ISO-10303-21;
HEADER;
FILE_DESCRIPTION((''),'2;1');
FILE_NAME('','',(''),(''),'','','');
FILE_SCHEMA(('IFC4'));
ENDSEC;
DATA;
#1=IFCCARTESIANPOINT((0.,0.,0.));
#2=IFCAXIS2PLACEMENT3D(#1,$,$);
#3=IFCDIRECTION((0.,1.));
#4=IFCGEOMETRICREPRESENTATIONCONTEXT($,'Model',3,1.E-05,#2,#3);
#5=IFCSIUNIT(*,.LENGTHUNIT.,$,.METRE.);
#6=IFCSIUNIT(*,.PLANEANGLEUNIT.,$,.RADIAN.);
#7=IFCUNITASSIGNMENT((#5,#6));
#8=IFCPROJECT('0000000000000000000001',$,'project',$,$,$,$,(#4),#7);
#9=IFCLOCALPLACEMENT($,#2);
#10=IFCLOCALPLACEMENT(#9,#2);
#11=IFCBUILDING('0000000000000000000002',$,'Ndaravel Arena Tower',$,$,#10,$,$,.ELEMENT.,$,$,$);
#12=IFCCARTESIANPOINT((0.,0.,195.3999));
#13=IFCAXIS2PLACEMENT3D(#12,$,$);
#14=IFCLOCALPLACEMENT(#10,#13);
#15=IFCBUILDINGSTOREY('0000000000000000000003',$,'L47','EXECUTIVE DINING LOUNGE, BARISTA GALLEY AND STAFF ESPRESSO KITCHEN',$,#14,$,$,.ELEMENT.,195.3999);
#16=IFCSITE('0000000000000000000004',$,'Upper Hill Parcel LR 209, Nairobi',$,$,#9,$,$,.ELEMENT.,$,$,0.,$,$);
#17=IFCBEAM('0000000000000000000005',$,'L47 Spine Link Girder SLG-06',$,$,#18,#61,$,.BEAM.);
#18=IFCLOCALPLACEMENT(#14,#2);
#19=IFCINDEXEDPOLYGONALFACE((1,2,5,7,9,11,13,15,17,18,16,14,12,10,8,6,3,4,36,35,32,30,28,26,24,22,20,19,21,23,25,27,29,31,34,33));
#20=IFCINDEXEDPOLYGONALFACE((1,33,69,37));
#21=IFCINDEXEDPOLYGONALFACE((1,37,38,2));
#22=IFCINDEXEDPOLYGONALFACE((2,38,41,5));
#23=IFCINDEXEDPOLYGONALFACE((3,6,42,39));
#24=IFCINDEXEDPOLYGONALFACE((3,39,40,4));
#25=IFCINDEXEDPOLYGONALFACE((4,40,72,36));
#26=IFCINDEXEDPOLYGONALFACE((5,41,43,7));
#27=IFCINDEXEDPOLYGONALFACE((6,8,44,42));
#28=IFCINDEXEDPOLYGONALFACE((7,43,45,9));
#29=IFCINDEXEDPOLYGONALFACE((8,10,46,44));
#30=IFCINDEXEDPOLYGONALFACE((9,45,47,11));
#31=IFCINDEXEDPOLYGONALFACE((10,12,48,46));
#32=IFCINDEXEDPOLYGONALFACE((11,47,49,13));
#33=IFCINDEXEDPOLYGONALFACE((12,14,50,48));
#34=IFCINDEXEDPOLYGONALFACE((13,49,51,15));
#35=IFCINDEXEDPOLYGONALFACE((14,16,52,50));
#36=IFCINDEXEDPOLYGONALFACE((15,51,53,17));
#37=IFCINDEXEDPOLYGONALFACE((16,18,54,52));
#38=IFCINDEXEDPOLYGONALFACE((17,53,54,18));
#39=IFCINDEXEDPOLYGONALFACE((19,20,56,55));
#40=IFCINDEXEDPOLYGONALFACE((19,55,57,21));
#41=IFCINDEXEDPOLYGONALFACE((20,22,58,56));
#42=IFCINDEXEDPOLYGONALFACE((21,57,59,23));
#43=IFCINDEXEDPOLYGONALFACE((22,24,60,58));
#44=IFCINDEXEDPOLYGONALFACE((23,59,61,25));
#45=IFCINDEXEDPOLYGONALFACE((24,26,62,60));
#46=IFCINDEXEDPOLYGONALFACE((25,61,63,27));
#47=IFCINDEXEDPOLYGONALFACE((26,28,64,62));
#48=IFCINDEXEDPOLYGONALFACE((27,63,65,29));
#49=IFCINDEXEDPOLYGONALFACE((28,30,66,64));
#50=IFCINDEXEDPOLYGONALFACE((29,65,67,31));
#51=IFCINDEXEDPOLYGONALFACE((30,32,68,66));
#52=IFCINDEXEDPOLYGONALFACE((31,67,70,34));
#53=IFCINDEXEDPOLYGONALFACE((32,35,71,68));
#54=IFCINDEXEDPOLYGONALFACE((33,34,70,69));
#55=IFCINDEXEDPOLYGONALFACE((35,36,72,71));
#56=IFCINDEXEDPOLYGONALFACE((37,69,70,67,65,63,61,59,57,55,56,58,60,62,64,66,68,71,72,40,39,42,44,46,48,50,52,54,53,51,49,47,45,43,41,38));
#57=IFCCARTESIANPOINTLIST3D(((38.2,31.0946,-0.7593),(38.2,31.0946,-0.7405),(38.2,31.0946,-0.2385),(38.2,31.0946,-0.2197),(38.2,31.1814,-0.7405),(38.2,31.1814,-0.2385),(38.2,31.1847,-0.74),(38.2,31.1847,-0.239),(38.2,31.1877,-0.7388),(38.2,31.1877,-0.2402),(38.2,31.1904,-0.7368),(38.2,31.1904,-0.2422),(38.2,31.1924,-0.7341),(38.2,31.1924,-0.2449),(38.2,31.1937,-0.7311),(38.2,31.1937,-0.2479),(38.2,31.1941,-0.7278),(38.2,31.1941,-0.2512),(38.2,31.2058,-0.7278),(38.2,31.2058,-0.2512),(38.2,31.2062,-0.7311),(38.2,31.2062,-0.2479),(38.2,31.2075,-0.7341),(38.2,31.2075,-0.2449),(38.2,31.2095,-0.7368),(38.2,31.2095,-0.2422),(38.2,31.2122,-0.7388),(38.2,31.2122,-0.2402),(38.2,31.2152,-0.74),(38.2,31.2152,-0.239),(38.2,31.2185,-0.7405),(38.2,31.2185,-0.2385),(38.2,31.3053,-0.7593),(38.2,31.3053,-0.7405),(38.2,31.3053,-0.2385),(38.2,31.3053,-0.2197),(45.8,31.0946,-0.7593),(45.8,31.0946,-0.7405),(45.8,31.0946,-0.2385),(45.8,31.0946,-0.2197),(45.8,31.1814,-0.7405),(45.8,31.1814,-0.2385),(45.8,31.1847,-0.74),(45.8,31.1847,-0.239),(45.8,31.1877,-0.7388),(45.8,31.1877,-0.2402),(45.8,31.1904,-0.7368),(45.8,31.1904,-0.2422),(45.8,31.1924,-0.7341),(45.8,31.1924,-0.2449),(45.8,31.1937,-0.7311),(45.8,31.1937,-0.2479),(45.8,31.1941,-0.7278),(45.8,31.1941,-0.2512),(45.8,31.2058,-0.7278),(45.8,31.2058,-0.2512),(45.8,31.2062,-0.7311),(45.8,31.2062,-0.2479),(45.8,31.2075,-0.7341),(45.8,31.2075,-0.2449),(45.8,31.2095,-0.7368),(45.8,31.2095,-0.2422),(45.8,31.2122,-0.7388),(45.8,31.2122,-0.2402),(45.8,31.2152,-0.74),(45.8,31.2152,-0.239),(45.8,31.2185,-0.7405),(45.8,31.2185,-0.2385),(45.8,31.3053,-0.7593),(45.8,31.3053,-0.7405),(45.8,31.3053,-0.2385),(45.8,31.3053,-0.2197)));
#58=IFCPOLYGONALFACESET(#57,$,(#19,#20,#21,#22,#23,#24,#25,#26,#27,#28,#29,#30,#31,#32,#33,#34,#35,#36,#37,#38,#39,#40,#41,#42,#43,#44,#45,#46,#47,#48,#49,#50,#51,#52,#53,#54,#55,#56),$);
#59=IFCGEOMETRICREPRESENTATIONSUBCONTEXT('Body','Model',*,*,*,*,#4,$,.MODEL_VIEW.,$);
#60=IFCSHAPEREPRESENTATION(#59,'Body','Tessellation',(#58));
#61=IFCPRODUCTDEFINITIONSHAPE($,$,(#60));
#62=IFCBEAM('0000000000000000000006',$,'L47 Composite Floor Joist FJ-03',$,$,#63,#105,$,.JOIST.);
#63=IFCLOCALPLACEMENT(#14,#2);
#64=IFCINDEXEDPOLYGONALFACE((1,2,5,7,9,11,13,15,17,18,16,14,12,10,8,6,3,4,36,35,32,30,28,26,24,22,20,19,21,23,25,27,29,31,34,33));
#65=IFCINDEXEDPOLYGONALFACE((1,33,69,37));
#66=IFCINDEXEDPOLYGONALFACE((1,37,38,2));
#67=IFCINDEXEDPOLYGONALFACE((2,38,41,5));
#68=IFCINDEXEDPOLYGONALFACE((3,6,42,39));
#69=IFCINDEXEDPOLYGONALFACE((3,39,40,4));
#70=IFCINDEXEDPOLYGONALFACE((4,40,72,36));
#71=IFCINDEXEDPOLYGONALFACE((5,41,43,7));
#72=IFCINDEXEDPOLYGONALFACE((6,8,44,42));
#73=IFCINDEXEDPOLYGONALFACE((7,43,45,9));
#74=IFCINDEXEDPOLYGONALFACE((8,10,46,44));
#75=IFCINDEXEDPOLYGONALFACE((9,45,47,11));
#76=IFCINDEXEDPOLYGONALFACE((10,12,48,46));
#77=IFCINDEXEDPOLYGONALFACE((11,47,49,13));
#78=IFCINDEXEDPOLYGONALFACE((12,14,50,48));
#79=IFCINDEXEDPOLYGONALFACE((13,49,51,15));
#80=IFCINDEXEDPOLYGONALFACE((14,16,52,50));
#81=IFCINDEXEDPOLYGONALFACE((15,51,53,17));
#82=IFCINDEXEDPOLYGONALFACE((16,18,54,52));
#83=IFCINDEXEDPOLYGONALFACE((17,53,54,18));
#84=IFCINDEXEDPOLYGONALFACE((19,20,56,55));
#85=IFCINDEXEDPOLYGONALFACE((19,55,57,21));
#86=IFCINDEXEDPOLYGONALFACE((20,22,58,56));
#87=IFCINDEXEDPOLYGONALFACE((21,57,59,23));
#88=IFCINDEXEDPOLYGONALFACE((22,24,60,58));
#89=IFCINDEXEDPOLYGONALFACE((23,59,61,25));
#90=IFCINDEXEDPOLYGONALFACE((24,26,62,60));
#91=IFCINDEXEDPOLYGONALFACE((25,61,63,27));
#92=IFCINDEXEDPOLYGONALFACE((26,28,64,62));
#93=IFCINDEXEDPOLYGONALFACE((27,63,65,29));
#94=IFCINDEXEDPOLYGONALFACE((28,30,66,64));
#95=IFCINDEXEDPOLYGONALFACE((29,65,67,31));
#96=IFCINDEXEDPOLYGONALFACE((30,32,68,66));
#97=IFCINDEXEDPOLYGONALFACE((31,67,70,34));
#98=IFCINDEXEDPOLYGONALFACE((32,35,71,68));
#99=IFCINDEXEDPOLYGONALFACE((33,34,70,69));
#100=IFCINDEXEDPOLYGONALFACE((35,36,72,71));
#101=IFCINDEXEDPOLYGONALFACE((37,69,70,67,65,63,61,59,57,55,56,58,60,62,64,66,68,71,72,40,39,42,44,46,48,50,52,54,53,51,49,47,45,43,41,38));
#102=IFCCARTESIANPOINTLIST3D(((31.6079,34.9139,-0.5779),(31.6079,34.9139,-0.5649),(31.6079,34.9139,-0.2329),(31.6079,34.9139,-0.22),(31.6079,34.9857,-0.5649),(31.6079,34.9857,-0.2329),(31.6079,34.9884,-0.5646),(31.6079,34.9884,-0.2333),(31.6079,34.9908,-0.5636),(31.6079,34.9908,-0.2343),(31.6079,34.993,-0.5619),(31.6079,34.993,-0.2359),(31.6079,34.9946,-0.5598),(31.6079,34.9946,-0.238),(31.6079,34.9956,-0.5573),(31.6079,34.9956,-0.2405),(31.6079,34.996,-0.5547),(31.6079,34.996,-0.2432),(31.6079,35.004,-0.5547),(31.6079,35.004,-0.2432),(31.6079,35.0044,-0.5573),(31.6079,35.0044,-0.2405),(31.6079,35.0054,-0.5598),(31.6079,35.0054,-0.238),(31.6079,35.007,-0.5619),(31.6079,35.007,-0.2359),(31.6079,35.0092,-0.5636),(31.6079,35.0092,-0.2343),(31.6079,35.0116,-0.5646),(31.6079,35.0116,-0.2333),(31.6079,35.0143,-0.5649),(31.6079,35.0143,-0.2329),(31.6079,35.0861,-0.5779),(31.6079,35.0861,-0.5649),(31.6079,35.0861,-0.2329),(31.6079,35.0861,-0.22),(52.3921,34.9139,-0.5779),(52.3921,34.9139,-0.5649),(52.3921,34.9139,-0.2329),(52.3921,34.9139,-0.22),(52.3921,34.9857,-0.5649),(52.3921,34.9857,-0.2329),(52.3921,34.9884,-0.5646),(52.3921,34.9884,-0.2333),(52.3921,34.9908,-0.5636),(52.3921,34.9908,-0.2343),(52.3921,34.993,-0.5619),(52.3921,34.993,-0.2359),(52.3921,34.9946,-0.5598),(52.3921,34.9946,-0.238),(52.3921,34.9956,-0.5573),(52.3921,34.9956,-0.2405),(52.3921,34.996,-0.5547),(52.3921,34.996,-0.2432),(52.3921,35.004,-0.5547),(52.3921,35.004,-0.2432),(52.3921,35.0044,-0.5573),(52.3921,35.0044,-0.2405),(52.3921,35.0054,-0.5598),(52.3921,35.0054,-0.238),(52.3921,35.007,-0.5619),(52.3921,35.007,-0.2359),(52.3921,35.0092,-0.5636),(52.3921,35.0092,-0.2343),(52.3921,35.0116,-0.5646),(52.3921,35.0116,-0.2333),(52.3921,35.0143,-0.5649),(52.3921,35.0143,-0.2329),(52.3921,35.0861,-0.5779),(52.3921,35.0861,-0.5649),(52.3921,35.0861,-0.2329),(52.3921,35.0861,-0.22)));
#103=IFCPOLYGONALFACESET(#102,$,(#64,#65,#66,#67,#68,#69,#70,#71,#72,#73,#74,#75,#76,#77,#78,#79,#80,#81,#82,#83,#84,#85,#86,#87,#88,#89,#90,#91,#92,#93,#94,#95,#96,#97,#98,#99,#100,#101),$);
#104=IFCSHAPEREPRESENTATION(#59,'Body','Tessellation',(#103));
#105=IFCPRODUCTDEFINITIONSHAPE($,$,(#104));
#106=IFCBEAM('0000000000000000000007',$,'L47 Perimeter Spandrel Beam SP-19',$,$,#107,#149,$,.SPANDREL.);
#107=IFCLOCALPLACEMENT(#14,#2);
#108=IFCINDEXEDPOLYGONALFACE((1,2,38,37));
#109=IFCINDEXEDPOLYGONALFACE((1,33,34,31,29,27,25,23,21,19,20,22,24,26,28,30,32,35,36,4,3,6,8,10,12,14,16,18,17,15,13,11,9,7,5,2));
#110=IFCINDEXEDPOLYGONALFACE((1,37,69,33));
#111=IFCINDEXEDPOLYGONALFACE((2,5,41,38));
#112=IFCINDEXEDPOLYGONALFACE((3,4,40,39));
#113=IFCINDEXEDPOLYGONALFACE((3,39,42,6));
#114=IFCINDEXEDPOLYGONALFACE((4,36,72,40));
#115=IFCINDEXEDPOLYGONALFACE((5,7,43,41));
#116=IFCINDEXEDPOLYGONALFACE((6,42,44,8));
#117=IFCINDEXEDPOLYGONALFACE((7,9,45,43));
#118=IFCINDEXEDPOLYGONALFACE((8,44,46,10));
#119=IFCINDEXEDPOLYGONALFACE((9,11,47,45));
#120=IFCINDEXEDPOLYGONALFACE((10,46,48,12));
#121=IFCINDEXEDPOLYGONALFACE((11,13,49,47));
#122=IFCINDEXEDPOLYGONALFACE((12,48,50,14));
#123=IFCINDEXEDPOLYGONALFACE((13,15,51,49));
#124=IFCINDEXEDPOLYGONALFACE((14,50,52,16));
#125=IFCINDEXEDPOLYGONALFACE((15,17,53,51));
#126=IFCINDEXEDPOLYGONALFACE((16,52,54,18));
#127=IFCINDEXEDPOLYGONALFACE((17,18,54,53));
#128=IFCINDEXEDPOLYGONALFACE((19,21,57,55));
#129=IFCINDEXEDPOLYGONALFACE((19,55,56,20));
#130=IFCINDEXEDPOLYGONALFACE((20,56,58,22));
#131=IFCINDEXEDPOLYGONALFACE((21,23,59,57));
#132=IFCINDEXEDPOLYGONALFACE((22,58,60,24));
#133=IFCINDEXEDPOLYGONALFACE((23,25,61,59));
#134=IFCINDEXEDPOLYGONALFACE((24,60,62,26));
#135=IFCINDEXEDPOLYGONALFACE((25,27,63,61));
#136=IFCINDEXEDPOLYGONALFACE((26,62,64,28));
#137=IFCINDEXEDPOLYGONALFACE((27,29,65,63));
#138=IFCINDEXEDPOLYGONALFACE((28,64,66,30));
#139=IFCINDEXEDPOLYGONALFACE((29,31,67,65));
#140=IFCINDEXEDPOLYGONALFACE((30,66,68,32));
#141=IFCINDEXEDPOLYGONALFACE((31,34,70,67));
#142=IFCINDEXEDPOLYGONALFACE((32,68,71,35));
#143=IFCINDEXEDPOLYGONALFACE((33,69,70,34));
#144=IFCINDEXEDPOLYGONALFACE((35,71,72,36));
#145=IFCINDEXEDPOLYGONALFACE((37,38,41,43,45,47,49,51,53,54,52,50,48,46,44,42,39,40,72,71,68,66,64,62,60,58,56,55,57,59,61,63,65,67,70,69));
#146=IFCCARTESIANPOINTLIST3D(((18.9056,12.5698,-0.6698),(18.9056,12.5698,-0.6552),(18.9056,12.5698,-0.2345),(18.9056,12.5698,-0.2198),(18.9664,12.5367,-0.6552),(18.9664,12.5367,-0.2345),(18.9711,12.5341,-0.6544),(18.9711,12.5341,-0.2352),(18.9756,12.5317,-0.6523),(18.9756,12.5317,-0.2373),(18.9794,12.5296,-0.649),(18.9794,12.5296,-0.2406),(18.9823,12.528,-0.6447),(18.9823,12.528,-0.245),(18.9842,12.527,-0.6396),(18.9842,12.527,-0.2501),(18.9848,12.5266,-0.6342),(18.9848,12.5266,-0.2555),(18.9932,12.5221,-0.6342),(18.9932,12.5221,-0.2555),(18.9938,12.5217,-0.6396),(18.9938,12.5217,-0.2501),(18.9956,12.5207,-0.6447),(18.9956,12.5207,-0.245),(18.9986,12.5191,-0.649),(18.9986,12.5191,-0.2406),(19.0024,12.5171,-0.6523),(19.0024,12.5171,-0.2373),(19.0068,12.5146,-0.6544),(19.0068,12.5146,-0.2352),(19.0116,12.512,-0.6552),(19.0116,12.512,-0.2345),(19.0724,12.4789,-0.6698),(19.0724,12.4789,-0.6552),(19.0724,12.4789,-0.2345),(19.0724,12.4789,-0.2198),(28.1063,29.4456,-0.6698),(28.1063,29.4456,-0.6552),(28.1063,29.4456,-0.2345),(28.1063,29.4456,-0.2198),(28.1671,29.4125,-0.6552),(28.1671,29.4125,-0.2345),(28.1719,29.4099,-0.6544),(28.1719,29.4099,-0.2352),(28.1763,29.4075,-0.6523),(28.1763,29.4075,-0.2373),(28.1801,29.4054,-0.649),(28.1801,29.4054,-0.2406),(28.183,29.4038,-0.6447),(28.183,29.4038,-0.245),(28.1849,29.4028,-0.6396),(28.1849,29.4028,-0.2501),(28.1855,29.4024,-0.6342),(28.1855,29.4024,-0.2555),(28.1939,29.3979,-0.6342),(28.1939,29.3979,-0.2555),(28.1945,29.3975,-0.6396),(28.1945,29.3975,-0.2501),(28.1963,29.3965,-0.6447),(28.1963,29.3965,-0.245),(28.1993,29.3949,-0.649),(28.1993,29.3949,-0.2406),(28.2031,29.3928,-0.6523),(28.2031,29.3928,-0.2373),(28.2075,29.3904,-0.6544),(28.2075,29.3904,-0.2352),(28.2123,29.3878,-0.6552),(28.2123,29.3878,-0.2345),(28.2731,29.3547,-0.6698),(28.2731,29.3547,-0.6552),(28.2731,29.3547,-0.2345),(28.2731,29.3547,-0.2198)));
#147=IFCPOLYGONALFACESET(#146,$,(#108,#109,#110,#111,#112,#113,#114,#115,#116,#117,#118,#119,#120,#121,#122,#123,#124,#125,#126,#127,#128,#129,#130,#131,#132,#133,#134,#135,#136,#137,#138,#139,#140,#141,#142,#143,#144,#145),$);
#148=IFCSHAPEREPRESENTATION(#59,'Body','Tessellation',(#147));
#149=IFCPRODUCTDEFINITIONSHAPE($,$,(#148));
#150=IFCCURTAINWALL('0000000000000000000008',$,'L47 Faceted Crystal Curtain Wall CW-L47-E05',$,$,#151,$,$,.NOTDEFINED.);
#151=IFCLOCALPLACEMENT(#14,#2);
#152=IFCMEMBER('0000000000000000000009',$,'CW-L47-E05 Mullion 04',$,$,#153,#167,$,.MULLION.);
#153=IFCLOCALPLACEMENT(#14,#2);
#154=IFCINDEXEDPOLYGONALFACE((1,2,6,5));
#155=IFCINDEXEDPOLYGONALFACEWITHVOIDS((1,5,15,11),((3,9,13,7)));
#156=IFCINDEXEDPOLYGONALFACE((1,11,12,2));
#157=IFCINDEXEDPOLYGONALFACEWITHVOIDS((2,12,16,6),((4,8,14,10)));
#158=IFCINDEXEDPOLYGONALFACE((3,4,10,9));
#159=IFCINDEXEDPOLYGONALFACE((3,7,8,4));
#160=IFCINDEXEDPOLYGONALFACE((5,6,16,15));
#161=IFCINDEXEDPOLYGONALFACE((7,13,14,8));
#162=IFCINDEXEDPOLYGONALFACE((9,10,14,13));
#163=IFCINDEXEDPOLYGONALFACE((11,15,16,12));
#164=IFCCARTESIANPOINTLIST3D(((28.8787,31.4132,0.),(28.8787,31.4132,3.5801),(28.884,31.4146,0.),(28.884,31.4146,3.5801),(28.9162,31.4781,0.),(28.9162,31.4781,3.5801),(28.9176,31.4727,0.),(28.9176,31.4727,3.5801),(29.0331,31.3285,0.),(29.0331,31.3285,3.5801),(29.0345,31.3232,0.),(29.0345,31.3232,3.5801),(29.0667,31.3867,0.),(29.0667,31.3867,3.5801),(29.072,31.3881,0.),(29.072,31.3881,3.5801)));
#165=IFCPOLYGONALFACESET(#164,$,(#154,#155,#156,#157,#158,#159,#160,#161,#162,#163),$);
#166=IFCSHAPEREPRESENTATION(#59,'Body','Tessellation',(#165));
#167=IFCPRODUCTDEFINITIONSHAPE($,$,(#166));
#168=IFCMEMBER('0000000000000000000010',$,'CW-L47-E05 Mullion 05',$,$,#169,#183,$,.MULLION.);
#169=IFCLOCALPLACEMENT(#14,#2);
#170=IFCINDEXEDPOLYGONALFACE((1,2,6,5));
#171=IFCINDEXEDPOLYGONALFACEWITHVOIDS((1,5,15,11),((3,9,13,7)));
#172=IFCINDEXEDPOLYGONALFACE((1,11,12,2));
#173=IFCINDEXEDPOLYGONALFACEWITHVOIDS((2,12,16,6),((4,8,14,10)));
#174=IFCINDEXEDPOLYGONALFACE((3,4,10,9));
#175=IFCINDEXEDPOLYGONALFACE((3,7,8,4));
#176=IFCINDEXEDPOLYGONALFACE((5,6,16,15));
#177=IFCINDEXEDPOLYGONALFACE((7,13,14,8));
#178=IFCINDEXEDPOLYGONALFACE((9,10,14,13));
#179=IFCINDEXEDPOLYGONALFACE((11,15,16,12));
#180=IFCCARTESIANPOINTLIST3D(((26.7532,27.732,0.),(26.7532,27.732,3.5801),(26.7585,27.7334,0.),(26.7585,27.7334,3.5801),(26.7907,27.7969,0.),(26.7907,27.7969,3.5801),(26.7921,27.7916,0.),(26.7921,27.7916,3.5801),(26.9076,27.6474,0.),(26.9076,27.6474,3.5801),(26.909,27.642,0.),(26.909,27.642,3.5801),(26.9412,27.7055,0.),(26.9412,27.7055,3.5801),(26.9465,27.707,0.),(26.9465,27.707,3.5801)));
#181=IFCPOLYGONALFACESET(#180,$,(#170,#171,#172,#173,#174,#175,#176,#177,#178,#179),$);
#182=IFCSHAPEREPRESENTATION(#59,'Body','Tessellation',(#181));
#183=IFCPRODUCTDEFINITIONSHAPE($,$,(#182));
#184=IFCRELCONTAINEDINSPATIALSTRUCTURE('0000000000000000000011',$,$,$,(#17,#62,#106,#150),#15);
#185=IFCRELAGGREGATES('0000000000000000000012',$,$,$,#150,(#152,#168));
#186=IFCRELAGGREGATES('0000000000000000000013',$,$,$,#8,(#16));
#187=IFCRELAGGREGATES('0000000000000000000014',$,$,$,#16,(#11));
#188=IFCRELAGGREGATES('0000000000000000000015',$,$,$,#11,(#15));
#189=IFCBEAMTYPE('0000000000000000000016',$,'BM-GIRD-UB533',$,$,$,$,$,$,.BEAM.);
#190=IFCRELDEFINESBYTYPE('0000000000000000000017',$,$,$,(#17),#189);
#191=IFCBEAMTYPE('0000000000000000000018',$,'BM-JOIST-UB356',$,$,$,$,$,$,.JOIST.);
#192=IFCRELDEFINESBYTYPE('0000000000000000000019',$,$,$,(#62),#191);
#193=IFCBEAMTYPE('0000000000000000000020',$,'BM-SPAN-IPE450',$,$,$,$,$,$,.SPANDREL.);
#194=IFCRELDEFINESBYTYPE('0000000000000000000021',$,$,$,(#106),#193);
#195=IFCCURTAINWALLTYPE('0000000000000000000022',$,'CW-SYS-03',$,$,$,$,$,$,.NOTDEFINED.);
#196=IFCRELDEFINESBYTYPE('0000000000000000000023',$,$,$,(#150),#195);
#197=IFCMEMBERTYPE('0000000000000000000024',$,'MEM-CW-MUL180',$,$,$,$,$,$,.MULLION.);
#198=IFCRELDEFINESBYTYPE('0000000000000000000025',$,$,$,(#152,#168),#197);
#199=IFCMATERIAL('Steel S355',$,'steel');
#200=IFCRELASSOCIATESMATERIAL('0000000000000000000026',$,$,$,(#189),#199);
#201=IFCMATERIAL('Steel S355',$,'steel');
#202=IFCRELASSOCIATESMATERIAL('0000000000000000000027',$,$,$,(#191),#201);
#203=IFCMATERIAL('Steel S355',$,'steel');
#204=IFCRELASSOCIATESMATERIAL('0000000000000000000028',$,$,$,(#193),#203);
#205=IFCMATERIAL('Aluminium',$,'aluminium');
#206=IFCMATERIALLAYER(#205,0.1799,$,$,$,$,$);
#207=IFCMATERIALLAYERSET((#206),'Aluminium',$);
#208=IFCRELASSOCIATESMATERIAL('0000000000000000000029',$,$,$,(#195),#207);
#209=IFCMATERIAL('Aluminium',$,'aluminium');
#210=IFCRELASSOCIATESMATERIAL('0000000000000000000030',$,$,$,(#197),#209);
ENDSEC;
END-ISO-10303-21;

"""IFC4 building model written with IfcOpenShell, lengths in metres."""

from ifc_helpers import new_model, si_unit, direction, frame, origin, origin_2d, place, context, subcontext, project, spatial, hollow_rectangle, i_section, extrude, material, layer, layer_set, material_profile, profile_set, type_object, element, aggregate, save


model = new_model("IFC4")

# Units and contexts
model_context = context("Model", 3, precision=1e-05, world=origin(), true_north=direction((0.0, 1.0)))
body_context = subcontext(model_context, "Body", "Model", "MODEL_VIEW")
ifc_project = project(units=[si_unit("LENGTHUNIT", "METRE"), si_unit("PLANEANGLEUNIT", "RADIAN")], contexts=[model_context])

# Site, building, storey
site_placement = place(None, origin())
site = spatial("IfcSite", under=ifc_project, at=site_placement, Name="Upper Hill Parcel LR 209, Nairobi", CompositionType="ELEMENT", RefElevation=0.0)
building_placement = place(site_placement, origin())
building = spatial("IfcBuilding", under=site, at=building_placement, Name="Ndaravel Arena Tower", CompositionType="ELEMENT")
storey_placement = place(building_placement, frame((0.0, 0.0, 195.3999)))
storey = spatial("IfcBuildingStorey", under=building, at=storey_placement, Name="L47", Description="EXECUTIVE DINING LOUNGE, BARISTA GALLEY AND STAFF ESPRESSO KITCHEN", CompositionType="ELEMENT", Elevation=195.3999)

# Beams
ifc_material_1 = material(Name="Steel S355", Category="steel")
ifc_material_profile_1 = material_profile(ifc_material_1, i_section(OverallWidth=0.2107, OverallDepth=0.5396, WebThickness=0.0117, FlangeThickness=0.0188, FilletRadius=0.0127, at=origin_2d()), Name="UB 533x210x109")
ifc_profile_set_1 = profile_set([ifc_material_profile_1], Name="Steel S355")
beam_type_1 = type_object("IfcBeamType", Name="BM-GIRD-UB533", PredefinedType="BEAM", material=ifc_profile_set_1)
beam_1_placement = place(storey_placement, frame((38.2, 31.2, -0.4895), z_axis=(1.0, 0.0, 0.0), x_axis=(0.0, 1.0, 0.0)))
element("IfcBeam", 1, at=beam_1_placement, inside=storey, type_object=beam_type_1, Name="L47 Spine Link Girder SLG-06", PredefinedType="BEAM", context=body_context, shape_type="SweptSolid", body=[
    extrude(i_section(OverallWidth=0.2107, OverallDepth=0.5396, WebThickness=0.0117, FlangeThickness=0.0188, FilletRadius=0.0127, at=origin_2d()), origin(), (0.0, 0.0, 1.0), 7.6001),
])
ifc_material_2 = material(Name="Steel S355", Category="steel")
ifc_material_profile_2 = material_profile(ifc_material_2, i_section(OverallWidth=0.1721, OverallDepth=0.3579, WebThickness=0.0081, FlangeThickness=0.0129, FilletRadius=0.0103, at=origin_2d()), Name="UB 356x171x57")
ifc_profile_set_2 = profile_set([ifc_material_profile_2], Name="Steel S355")
beam_type_2 = type_object("IfcBeamType", Name="BM-JOIST-UB356", PredefinedType="JOIST", material=ifc_profile_set_2)
beam_2_placement = place(storey_placement, frame((31.6079, 35.0, -0.3989), z_axis=(1.0, 0.0, 0.0), x_axis=(0.0, 1.0, 0.0)))
element("IfcBeam", 2, at=beam_2_placement, inside=storey, type_object=beam_type_2, Name="L47 Composite Floor Joist FJ-03", PredefinedType="JOIST", context=body_context, shape_type="SweptSolid", body=[
    extrude(i_section(OverallWidth=0.1721, OverallDepth=0.3579, WebThickness=0.0081, FlangeThickness=0.0129, FilletRadius=0.0103, at=origin_2d()), origin(), (0.0, 0.0, 1.0), 20.7842),
])
ifc_material_3 = material(Name="Steel S355", Category="steel")
ifc_material_profile_3 = material_profile(ifc_material_3, i_section(OverallWidth=0.1899, OverallDepth=0.45, WebThickness=0.0095, FlangeThickness=0.0146, FilletRadius=0.021, at=origin_2d()), Name="IPE 450")
ifc_profile_set_3 = profile_set([ifc_material_profile_3], Name="Steel S355")
beam_type_3 = type_object("IfcBeamType", Name="BM-SPAN-IPE450", PredefinedType="SPANDREL", material=ifc_profile_set_3)
beam_3_placement = place(storey_placement, frame((28.1897, 29.4001, -0.4448), z_axis=(-0.478681, -0.877989, 0.0), x_axis=(0.877989, -0.478681, 0.0)))
element("IfcBeam", 3, at=beam_3_placement, inside=storey, type_object=beam_type_3, Name="L47 Perimeter Spandrel Beam SP-19", PredefinedType="SPANDREL", context=body_context, shape_type="SweptSolid", body=[
    extrude(i_section(OverallWidth=0.1899, OverallDepth=0.45, WebThickness=0.0095, FlangeThickness=0.0146, FilletRadius=0.021, at=origin_2d()), origin(), (0.0, 0.0, 1.0), 19.2209),
])

# Curtain wall, members
ifc_material_4 = material(Name="Aluminium", Category="aluminium")
ifc_layer_1 = layer(ifc_material_4, 0.1799)
ifc_layer_set_1 = layer_set([ifc_layer_1], Name="Aluminium")
curtain_wall_type = type_object("IfcCurtainWallType", Name="CW-SYS-03", PredefinedType="NOTDEFINED", material=ifc_layer_set_1)
curtain_wall_placement = place(storey_placement, origin())
curtain_wall = element("IfcCurtainWall", 4, at=curtain_wall_placement, inside=storey, type_object=curtain_wall_type, Name="L47 Faceted Crystal Curtain Wall CW-L47-E05", PredefinedType="NOTDEFINED")
ifc_material_5 = material(Name="Aluminium", Category="aluminium")
ifc_material_profile_4 = material_profile(ifc_material_5, hollow_rectangle(XDim=0.075, YDim=0.1799, WallThickness=0.0039, at=origin_2d()), Name="CW MULLION 75x180x4")
ifc_profile_set_4 = profile_set([ifc_material_profile_4], Name="Aluminium")
member_type = type_object("IfcMemberType", Name="MEM-CW-MUL180", PredefinedType="MULLION", material=ifc_profile_set_4)
member_1_placement = place(storey_placement, frame((28.9753, 31.4006, 0.0), z_axis=(0.0, 0.0, 1.0), x_axis=(-0.5, -0.866025, 0.0)))
member_1 = element("IfcMember", 5, at=member_1_placement, type_object=member_type, Name="CW-L47-E05 Mullion 04", PredefinedType="MULLION", context=body_context, shape_type="SweptSolid", body=[
    extrude(hollow_rectangle(XDim=0.075, YDim=0.1799, WallThickness=0.0039, at=origin_2d()), origin(), (0.0, 0.0, 1.0), 3.5801),
])
member_2_placement = place(storey_placement, frame((26.8499, 27.7195, 0.0), z_axis=(0.0, 0.0, 1.0), x_axis=(-0.5, -0.866025, 0.0)))
member_2 = element("IfcMember", 6, at=member_2_placement, type_object=member_type, Name="CW-L47-E05 Mullion 05", PredefinedType="MULLION", context=body_context, shape_type="SweptSolid", body=[
    extrude(hollow_rectangle(XDim=0.075, YDim=0.1799, WallThickness=0.0039, at=origin_2d()), origin(), (0.0, 0.0, 1.0), 3.5801),
])
aggregate(curtain_wall, [member_1, member_2])

save(model, "model.ifc")
